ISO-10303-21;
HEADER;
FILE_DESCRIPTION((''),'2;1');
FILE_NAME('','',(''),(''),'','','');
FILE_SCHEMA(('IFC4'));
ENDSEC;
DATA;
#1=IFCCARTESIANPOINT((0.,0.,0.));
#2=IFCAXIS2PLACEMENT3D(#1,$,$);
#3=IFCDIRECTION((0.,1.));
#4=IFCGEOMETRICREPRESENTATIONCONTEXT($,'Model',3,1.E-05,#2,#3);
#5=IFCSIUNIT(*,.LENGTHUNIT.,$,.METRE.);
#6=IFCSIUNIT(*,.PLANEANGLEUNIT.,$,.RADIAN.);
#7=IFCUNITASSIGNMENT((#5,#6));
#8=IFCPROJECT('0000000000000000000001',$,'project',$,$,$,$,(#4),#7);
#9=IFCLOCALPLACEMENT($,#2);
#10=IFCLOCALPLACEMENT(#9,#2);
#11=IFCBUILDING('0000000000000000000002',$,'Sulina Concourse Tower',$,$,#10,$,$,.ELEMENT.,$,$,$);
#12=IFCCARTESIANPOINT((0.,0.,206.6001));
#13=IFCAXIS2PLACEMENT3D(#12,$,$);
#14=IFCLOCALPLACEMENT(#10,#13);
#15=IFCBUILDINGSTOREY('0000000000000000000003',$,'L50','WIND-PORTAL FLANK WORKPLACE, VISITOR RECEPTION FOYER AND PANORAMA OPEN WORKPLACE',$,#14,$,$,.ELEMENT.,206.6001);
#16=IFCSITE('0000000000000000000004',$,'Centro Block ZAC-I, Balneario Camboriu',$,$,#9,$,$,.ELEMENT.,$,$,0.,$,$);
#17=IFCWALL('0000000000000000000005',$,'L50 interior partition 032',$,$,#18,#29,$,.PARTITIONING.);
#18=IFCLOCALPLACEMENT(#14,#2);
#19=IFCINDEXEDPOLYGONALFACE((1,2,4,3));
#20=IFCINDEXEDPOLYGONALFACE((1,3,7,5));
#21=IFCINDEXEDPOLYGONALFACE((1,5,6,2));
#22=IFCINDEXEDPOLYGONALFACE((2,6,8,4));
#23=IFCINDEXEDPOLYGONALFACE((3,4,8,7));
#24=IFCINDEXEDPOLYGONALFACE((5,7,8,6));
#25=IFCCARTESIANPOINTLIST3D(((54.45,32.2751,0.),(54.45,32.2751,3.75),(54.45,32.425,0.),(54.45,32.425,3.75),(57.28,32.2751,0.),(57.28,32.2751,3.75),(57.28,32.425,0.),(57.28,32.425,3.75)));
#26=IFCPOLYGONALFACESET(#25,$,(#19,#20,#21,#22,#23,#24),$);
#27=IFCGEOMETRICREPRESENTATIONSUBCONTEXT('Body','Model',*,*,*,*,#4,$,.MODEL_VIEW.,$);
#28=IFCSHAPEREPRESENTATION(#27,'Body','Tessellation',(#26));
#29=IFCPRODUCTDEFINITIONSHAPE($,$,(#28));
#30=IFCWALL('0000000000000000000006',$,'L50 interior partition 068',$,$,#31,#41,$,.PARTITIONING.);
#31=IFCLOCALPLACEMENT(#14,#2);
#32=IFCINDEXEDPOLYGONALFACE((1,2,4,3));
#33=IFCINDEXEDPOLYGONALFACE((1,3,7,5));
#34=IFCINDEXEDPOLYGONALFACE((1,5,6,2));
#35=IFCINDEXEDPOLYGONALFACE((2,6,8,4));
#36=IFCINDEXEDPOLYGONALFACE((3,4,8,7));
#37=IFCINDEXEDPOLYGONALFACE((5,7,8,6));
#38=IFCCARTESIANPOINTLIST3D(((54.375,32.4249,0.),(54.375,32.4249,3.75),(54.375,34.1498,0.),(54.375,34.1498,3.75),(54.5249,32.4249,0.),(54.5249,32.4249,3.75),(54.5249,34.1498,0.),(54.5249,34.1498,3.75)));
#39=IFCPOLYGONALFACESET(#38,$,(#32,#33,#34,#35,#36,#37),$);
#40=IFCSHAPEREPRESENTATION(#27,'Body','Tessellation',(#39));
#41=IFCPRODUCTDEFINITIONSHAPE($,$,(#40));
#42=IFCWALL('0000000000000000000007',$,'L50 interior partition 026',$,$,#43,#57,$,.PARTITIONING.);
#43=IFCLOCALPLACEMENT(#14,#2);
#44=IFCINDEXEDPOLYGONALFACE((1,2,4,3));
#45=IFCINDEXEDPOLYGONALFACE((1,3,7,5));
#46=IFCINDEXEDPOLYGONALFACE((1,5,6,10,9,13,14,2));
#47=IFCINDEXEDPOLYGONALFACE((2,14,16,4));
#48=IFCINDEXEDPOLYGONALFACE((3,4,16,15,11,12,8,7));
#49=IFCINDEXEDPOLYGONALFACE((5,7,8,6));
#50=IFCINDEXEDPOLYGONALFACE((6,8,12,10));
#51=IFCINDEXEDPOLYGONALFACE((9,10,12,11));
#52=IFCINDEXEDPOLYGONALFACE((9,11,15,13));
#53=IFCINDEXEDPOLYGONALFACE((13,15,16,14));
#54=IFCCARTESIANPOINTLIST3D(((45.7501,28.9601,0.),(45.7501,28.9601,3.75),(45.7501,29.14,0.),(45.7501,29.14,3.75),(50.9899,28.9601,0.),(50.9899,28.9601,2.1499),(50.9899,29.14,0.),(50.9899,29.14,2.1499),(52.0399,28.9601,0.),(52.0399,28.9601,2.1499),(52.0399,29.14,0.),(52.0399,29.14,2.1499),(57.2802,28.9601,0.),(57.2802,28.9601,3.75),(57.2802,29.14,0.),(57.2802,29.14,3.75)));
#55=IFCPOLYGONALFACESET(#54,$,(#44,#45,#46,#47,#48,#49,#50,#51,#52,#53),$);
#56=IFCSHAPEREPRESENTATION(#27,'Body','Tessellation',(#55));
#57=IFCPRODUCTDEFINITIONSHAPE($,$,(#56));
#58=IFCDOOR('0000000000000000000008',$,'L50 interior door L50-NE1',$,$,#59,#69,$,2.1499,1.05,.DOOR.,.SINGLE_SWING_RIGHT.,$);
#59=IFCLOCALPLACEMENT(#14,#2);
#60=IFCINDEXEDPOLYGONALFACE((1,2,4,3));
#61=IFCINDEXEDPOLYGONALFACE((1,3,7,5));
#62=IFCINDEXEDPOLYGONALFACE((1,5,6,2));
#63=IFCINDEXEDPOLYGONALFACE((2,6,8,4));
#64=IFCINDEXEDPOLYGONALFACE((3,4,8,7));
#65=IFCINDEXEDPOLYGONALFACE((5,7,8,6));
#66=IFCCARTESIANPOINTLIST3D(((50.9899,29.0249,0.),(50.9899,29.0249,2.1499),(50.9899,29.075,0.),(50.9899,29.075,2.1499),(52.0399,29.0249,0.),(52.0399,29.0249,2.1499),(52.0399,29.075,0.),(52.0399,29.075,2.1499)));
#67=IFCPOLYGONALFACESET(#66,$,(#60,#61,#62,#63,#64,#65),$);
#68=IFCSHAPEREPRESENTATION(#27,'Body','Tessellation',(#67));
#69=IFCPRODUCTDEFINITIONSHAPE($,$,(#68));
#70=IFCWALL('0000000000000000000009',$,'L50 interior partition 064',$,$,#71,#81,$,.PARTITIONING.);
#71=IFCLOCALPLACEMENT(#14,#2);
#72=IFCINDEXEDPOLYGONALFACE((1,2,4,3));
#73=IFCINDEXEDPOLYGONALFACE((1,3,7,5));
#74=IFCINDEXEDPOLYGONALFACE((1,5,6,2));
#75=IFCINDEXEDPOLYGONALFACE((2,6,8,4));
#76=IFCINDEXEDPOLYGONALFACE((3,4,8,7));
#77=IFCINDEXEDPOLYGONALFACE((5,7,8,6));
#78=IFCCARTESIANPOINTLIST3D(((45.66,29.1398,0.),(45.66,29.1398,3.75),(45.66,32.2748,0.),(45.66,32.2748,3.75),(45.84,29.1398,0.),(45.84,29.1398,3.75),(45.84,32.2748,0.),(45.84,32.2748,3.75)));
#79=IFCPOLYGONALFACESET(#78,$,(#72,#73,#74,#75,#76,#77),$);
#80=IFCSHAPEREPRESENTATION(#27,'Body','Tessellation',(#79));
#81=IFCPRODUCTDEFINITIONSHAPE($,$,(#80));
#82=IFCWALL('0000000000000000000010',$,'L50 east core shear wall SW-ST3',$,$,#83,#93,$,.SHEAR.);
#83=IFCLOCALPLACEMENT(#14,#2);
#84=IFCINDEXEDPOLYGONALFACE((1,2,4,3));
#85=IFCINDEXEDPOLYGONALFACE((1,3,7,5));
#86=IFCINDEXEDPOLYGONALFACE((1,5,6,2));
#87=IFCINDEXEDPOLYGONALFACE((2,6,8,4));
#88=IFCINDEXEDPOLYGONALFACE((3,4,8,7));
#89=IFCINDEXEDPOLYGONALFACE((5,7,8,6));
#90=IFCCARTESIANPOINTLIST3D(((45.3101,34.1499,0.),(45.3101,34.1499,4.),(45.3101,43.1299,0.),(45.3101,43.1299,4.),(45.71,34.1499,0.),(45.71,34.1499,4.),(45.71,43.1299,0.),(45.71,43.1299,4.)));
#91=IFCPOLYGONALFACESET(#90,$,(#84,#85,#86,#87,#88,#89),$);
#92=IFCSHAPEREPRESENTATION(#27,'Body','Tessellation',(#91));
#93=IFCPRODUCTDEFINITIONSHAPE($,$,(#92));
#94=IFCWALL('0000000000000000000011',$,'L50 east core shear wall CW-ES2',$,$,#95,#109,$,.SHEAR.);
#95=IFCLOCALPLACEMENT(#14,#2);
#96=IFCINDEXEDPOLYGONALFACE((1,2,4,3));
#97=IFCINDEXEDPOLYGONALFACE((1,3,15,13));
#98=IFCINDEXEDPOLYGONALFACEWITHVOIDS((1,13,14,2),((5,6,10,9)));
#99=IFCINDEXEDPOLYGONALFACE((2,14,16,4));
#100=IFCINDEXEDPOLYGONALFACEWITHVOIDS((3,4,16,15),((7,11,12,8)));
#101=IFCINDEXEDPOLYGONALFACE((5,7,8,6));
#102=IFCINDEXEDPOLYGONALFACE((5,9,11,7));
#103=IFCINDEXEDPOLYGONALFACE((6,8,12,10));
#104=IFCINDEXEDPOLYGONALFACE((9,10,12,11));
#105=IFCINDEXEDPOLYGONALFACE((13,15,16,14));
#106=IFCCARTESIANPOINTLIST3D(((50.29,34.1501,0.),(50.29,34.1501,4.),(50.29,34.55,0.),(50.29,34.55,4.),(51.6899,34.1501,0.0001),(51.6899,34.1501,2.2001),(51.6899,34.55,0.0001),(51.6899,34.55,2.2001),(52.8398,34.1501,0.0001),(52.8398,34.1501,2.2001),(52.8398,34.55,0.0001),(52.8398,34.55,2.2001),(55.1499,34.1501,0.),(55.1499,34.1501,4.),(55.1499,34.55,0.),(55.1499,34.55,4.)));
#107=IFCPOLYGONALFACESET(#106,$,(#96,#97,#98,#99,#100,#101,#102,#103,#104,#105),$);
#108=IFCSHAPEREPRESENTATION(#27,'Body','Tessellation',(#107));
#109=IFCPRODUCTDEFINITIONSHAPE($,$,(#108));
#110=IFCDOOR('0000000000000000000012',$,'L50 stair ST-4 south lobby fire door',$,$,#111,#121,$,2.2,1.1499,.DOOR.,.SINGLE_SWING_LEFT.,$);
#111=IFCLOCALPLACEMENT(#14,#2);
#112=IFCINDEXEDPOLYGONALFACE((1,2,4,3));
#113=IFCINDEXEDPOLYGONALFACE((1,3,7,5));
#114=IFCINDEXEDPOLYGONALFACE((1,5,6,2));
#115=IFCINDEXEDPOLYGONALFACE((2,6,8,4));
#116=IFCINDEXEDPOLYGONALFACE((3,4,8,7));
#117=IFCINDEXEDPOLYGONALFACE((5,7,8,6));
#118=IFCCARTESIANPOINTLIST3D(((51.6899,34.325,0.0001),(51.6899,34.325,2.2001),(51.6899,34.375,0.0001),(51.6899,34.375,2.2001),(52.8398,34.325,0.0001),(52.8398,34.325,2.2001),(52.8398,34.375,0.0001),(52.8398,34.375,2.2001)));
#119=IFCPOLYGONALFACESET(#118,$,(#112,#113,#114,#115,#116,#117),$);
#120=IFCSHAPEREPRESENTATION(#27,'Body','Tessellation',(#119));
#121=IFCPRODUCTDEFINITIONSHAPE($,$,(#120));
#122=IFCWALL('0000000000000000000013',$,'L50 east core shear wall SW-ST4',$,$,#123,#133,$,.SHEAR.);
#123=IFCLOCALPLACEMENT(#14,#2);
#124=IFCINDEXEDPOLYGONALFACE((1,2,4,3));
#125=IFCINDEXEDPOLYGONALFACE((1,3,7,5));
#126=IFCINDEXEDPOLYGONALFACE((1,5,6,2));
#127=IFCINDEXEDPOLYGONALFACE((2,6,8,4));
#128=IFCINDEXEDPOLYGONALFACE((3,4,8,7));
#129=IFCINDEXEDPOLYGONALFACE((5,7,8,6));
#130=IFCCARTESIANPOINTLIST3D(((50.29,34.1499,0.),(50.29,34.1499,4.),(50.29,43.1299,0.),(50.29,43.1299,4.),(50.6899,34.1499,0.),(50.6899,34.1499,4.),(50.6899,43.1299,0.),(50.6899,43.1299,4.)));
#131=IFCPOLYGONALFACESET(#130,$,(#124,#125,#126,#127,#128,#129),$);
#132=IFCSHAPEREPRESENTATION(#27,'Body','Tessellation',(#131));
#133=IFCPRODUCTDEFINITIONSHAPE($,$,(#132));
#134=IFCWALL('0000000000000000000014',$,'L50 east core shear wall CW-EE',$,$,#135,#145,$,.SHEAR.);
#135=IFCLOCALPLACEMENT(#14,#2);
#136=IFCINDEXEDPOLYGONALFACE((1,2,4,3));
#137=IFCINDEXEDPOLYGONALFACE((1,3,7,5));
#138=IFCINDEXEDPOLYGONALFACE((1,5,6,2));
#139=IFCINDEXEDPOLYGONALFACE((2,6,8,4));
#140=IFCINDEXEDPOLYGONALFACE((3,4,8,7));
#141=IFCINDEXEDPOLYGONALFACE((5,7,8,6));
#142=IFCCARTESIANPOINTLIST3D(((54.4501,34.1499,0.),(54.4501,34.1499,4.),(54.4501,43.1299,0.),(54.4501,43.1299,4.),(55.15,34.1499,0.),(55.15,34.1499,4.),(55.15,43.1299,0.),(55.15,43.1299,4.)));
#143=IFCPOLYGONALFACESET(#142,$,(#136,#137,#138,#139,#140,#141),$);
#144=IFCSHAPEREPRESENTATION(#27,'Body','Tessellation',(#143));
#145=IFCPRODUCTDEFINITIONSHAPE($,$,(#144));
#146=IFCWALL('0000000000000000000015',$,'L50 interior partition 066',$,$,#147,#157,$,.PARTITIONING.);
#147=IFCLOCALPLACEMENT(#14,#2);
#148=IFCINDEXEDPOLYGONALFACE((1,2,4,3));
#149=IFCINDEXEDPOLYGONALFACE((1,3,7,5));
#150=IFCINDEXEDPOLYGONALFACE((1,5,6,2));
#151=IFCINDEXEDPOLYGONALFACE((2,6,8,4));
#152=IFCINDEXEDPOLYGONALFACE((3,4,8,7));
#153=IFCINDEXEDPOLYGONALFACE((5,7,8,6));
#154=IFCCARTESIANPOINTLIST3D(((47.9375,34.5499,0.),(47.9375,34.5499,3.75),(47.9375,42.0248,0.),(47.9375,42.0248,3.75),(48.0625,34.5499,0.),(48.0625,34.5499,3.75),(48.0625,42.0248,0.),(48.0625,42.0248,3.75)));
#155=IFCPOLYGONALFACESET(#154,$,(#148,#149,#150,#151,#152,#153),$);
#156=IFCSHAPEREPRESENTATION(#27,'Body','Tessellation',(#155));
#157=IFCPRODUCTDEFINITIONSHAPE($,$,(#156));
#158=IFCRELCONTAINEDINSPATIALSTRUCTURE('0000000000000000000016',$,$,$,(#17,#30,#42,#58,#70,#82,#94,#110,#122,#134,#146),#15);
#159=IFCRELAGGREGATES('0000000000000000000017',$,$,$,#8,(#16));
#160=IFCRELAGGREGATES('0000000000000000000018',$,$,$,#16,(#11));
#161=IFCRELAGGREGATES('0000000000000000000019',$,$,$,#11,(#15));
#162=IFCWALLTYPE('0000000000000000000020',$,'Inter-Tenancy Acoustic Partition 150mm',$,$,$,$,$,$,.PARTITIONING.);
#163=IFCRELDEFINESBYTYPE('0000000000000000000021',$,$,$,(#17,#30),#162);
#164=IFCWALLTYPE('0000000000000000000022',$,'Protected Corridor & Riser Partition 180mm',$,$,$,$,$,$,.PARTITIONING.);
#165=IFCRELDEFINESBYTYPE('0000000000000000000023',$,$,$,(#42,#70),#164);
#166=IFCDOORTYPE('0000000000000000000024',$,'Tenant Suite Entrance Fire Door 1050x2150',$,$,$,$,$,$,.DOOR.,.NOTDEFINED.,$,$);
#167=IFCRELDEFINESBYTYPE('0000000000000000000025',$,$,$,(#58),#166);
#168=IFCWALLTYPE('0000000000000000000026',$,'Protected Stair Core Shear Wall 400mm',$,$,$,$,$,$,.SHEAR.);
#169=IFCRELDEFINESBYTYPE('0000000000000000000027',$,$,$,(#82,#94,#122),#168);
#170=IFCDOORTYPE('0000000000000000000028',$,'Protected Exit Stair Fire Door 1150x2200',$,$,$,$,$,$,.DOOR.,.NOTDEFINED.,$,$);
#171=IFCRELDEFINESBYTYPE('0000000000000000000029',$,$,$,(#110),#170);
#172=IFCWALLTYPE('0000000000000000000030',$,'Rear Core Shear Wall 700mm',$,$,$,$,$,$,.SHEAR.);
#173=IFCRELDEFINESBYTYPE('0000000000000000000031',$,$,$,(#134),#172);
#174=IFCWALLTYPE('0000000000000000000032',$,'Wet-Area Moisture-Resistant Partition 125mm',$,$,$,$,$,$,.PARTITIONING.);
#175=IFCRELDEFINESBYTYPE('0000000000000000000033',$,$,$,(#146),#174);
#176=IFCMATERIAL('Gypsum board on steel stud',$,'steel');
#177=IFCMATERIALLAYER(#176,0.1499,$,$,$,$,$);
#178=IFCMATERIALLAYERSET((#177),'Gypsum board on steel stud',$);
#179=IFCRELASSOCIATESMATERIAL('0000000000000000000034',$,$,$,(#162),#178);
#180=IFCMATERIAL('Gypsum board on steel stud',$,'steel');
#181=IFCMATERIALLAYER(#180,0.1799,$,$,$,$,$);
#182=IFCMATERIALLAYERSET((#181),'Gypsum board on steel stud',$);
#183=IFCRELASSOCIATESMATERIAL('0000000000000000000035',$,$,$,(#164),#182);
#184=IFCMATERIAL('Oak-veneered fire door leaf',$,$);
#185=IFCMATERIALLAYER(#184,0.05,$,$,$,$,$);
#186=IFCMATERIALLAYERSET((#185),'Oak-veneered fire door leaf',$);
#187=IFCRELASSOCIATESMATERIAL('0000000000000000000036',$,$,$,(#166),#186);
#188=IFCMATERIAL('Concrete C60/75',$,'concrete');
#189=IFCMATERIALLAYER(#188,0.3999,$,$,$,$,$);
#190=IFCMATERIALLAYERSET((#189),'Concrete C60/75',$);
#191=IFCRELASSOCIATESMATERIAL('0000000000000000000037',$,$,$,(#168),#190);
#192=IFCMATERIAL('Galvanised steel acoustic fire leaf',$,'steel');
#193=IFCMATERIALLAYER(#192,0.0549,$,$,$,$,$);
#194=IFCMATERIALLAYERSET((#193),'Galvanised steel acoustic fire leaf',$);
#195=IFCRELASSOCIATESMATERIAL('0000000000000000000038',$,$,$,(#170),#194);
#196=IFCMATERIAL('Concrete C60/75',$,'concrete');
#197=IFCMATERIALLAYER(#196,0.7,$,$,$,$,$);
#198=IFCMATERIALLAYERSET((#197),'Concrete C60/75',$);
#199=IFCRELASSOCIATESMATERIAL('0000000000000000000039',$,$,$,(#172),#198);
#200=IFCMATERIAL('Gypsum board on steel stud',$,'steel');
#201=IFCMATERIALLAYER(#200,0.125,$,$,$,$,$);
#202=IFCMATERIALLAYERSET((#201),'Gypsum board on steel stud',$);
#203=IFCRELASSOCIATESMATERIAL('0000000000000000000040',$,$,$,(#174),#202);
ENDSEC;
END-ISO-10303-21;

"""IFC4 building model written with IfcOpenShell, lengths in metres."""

from ifc_helpers import new_model, si_unit, direction, frame, frame_2d, origin, place, context, subcontext, project, spatial, rectangle, extrude, material, layer, layer_set, type_object, element, fill, save


model = new_model("IFC4")

# Units and contexts
model_context = context("Model", 3, precision=1e-05, world=origin(), true_north=direction((0.0, 1.0)))
body_context = subcontext(model_context, "Body", "Model", "MODEL_VIEW")
ifc_project = project(units=[si_unit("LENGTHUNIT", "METRE"), si_unit("PLANEANGLEUNIT", "RADIAN")], contexts=[model_context])

# Site, building, storey
site_placement = place(None, origin())
site = spatial("IfcSite", under=ifc_project, at=site_placement, Name="Centro Block ZAC-I, Balneario Camboriu", CompositionType="ELEMENT", RefElevation=0.0)
building_placement = place(site_placement, origin())
building = spatial("IfcBuilding", under=site, at=building_placement, Name="Sulina Concourse Tower", CompositionType="ELEMENT")
storey_placement = place(building_placement, frame((0.0, 0.0, 206.6001)))
storey = spatial("IfcBuildingStorey", under=building, at=storey_placement, Name="L50", Description="WIND-PORTAL FLANK WORKPLACE, VISITOR RECEPTION FOYER AND PANORAMA OPEN WORKPLACE", CompositionType="ELEMENT", Elevation=206.6001)

# Walls
ifc_material_1 = material(Name="Gypsum board on steel stud", Category="steel")
ifc_layer_1 = layer(ifc_material_1, 0.1499)
ifc_layer_set_1 = layer_set([ifc_layer_1], Name="Gypsum board on steel stud")
wall_type_1 = type_object("IfcWallType", Name="Inter-Tenancy Acoustic Partition 150mm", PredefinedType="PARTITIONING", material=ifc_layer_set_1)
wall_1_placement = place(storey_placement, frame((54.45, 32.3501, 0.0), z_axis=(0.0, 0.0, 1.0), x_axis=(1.0, 0.0, 0.0)))
element("IfcWall", 1, at=wall_1_placement, inside=storey, type_object=wall_type_1, Name="L50 interior partition 032", PredefinedType="PARTITIONING", context=body_context, shape_type="SweptSolid", body=[
    extrude(rectangle(XDim=2.8301, YDim=0.1499, at=frame_2d((1.415, 0.0))), origin(), (0.0, 0.0, 1.0), 3.75),
])
wall_2_placement = place(storey_placement, frame((54.45, 32.425, 0.0), z_axis=(0.0, 0.0, 1.0), x_axis=(0.0, 1.0, 0.0)))
element("IfcWall", 2, at=wall_2_placement, inside=storey, type_object=wall_type_1, Name="L50 interior partition 068", PredefinedType="PARTITIONING", context=body_context, shape_type="SweptSolid", body=[
    extrude(rectangle(XDim=1.7249, YDim=0.1499, at=frame_2d((0.8623, 0.0))), origin(), (0.0, 0.0, 1.0), 3.75),
])

# Wall, opening, door
ifc_material_2 = material(Name="Gypsum board on steel stud", Category="steel")
ifc_layer_2 = layer(ifc_material_2, 0.1799)
ifc_layer_set_2 = layer_set([ifc_layer_2], Name="Gypsum board on steel stud")
wall_type_2 = type_object("IfcWallType", Name="Protected Corridor & Riser Partition 180mm", PredefinedType="PARTITIONING", material=ifc_layer_set_2)
wall_3_placement = place(storey_placement, frame((45.75, 29.05, 0.0), z_axis=(0.0, 0.0, 1.0), x_axis=(1.0, 0.0, 0.0)))
wall_3 = element("IfcWall", 3, at=wall_3_placement, inside=storey, type_object=wall_type_2, Name="L50 interior partition 026", PredefinedType="PARTITIONING", context=body_context, shape_type="SweptSolid", body=[
    extrude(rectangle(XDim=11.53, YDim=0.1799, at=frame_2d((5.7651, 0.0))), origin(), (0.0, 0.0, 1.0), 3.75),
])
opening_1_placement = place(wall_3_placement, frame((5.24, 0.0, 0.0)))
opening_1 = element("IfcOpeningElement", 4, at=opening_1_placement, cuts=wall_3, PredefinedType="OPENING", context=body_context, shape_type="SweptSolid", body=[
    extrude(rectangle(XDim=1.05, YDim=2.1499, at=frame_2d((0.5249, 1.075))), frame((0.0, 0.0999, 0.0), z_axis=(0.0, -1.0, 0.0), x_axis=(1.0, 0.0, 0.0)), (0.0, 0.0, 1.0), 0.2),
])
ifc_material_3 = material(Name="Oak-veneered fire door leaf")
ifc_layer_3 = layer(ifc_material_3, 0.05)
ifc_layer_set_3 = layer_set([ifc_layer_3], Name="Oak-veneered fire door leaf")
door_type_1 = type_object("IfcDoorType", Name="Tenant Suite Entrance Fire Door 1050x2150", OperationType="NOTDEFINED", PredefinedType="DOOR", material=ifc_layer_set_3)
door_1_placement = place(opening_1_placement, origin())
door_1 = element("IfcDoor", 5, at=door_1_placement, inside=storey, type_object=door_type_1, Name="L50 interior door L50-NE1", OperationType="SINGLE_SWING_RIGHT", OverallHeight=2.1499, OverallWidth=1.05, PredefinedType="DOOR", context=body_context, shape_type="SweptSolid", body=[
    extrude(rectangle(XDim=1.05, YDim=2.1499, at=frame_2d((0.5249, 1.075))), frame((0.0, 0.0249, 0.0), z_axis=(0.0, -1.0, 0.0), x_axis=(1.0, 0.0, 0.0)), (0.0, 0.0, 1.0), 0.05),
])
fill(opening_1, door_1)

# Walls
wall_4_placement = place(storey_placement, frame((45.75, 29.1399, 0.0), z_axis=(0.0, 0.0, 1.0), x_axis=(0.0, 1.0, 0.0)))
element("IfcWall", 6, at=wall_4_placement, inside=storey, type_object=wall_type_2, Name="L50 interior partition 064", PredefinedType="PARTITIONING", context=body_context, shape_type="SweptSolid", body=[
    extrude(rectangle(XDim=3.135, YDim=0.1799, at=frame_2d((1.5674, 0.0))), origin(), (0.0, 0.0, 1.0), 3.75),
])
ifc_material_4 = material(Name="Concrete C60/75", Category="concrete")
ifc_layer_4 = layer(ifc_material_4, 0.3999)
ifc_layer_set_4 = layer_set([ifc_layer_4], Name="Concrete C60/75")
wall_type_3 = type_object("IfcWallType", Name="Protected Stair Core Shear Wall 400mm", PredefinedType="SHEAR", material=ifc_layer_set_4)
wall_5_placement = place(storey_placement, frame((45.51, 34.1499, 0.0), z_axis=(0.0, 0.0, 1.0), x_axis=(0.0, 1.0, 0.0)))
element("IfcWall", 7, at=wall_5_placement, inside=storey, type_object=wall_type_3, Name="L50 east core shear wall SW-ST3", PredefinedType="SHEAR", context=body_context, shape_type="SweptSolid", body=[
    extrude(rectangle(XDim=8.98, YDim=0.3999, at=frame_2d((4.49, 0.0))), origin(), (0.0, 0.0, 1.0), 4.0),
])

# Wall, opening, door
wall_6_placement = place(storey_placement, frame((50.29, 34.3501, 0.0), z_axis=(0.0, 0.0, 1.0), x_axis=(1.0, 0.0, 0.0)))
wall_6 = element("IfcWall", 8, at=wall_6_placement, inside=storey, type_object=wall_type_3, Name="L50 east core shear wall CW-ES2", PredefinedType="SHEAR", context=body_context, shape_type="SweptSolid", body=[
    extrude(rectangle(XDim=4.8599, YDim=0.3999, at=frame_2d((2.4299, 0.0))), origin(), (0.0, 0.0, 1.0), 4.0),
])
opening_2_placement = place(wall_6_placement, frame((1.3999, 0.0, 0.0)))
opening_2 = element("IfcOpeningElement", 9, at=opening_2_placement, cuts=wall_6, PredefinedType="OPENING", context=body_context, shape_type="SweptSolid", body=[
    extrude(rectangle(XDim=1.1499, YDim=2.2, at=frame_2d((0.575, 1.1001))), frame((0.0, 0.21, 0.0), z_axis=(0.0, -1.0, 0.0), x_axis=(1.0, 0.0, 0.0)), (0.0, 0.0, 1.0), 0.4199),
])
ifc_material_5 = material(Name="Galvanised steel acoustic fire leaf", Category="steel")
ifc_layer_5 = layer(ifc_material_5, 0.0549)
ifc_layer_set_5 = layer_set([ifc_layer_5], Name="Galvanised steel acoustic fire leaf")
door_type_2 = type_object("IfcDoorType", Name="Protected Exit Stair Fire Door 1150x2200", OperationType="NOTDEFINED", PredefinedType="DOOR", material=ifc_layer_set_5)
door_2_placement = place(opening_2_placement, origin())
door_2 = element("IfcDoor", 10, at=door_2_placement, inside=storey, type_object=door_type_2, Name="L50 stair ST-4 south lobby fire door", OperationType="SINGLE_SWING_LEFT", OverallHeight=2.2, OverallWidth=1.1499, PredefinedType="DOOR", context=body_context, shape_type="SweptSolid", body=[
    extrude(rectangle(XDim=1.1499, YDim=2.2, at=frame_2d((0.575, 1.1001))), frame((0.0, 0.0249, 0.0), z_axis=(0.0, -1.0, 0.0), x_axis=(1.0, 0.0, 0.0)), (0.0, 0.0, 1.0), 0.05),
])
fill(opening_2, door_2)

# Walls
wall_7_placement = place(storey_placement, frame((50.49, 34.1499, 0.0), z_axis=(0.0, 0.0, 1.0), x_axis=(0.0, 1.0, 0.0)))
element("IfcWall", 11, at=wall_7_placement, inside=storey, type_object=wall_type_3, Name="L50 east core shear wall SW-ST4", PredefinedType="SHEAR", context=body_context, shape_type="SweptSolid", body=[
    extrude(rectangle(XDim=8.98, YDim=0.3999, at=frame_2d((4.49, 0.0))), origin(), (0.0, 0.0, 1.0), 4.0),
])
ifc_material_6 = material(Name="Concrete C60/75", Category="concrete")
ifc_layer_6 = layer(ifc_material_6, 0.7)
ifc_layer_set_6 = layer_set([ifc_layer_6], Name="Concrete C60/75")
wall_type_4 = type_object("IfcWallType", Name="Rear Core Shear Wall 700mm", PredefinedType="SHEAR", material=ifc_layer_set_6)
wall_8_placement = place(storey_placement, frame((54.8, 34.1499, 0.0), z_axis=(0.0, 0.0, 1.0), x_axis=(0.0, 1.0, 0.0)))
element("IfcWall", 12, at=wall_8_placement, inside=storey, type_object=wall_type_4, Name="L50 east core shear wall CW-EE", PredefinedType="SHEAR", context=body_context, shape_type="SweptSolid", body=[
    extrude(rectangle(XDim=8.98, YDim=0.7, at=frame_2d((4.49, 0.0))), origin(), (0.0, 0.0, 1.0), 4.0),
])
ifc_material_7 = material(Name="Gypsum board on steel stud", Category="steel")
ifc_layer_7 = layer(ifc_material_7, 0.125)
ifc_layer_set_7 = layer_set([ifc_layer_7], Name="Gypsum board on steel stud")
wall_type_5 = type_object("IfcWallType", Name="Wet-Area Moisture-Resistant Partition 125mm", PredefinedType="PARTITIONING", material=ifc_layer_set_7)
wall_9_placement = place(storey_placement, frame((48.0, 34.55, 0.0), z_axis=(0.0, 0.0, 1.0), x_axis=(0.0, 1.0, 0.0)))
element("IfcWall", 13, at=wall_9_placement, inside=storey, type_object=wall_type_5, Name="L50 interior partition 066", PredefinedType="PARTITIONING", context=body_context, shape_type="SweptSolid", body=[
    extrude(rectangle(XDim=7.4749, YDim=0.125, at=frame_2d((3.7373, 0.0))), origin(), (0.0, 0.0, 1.0), 3.75),
])

save(model, "model.ifc")
